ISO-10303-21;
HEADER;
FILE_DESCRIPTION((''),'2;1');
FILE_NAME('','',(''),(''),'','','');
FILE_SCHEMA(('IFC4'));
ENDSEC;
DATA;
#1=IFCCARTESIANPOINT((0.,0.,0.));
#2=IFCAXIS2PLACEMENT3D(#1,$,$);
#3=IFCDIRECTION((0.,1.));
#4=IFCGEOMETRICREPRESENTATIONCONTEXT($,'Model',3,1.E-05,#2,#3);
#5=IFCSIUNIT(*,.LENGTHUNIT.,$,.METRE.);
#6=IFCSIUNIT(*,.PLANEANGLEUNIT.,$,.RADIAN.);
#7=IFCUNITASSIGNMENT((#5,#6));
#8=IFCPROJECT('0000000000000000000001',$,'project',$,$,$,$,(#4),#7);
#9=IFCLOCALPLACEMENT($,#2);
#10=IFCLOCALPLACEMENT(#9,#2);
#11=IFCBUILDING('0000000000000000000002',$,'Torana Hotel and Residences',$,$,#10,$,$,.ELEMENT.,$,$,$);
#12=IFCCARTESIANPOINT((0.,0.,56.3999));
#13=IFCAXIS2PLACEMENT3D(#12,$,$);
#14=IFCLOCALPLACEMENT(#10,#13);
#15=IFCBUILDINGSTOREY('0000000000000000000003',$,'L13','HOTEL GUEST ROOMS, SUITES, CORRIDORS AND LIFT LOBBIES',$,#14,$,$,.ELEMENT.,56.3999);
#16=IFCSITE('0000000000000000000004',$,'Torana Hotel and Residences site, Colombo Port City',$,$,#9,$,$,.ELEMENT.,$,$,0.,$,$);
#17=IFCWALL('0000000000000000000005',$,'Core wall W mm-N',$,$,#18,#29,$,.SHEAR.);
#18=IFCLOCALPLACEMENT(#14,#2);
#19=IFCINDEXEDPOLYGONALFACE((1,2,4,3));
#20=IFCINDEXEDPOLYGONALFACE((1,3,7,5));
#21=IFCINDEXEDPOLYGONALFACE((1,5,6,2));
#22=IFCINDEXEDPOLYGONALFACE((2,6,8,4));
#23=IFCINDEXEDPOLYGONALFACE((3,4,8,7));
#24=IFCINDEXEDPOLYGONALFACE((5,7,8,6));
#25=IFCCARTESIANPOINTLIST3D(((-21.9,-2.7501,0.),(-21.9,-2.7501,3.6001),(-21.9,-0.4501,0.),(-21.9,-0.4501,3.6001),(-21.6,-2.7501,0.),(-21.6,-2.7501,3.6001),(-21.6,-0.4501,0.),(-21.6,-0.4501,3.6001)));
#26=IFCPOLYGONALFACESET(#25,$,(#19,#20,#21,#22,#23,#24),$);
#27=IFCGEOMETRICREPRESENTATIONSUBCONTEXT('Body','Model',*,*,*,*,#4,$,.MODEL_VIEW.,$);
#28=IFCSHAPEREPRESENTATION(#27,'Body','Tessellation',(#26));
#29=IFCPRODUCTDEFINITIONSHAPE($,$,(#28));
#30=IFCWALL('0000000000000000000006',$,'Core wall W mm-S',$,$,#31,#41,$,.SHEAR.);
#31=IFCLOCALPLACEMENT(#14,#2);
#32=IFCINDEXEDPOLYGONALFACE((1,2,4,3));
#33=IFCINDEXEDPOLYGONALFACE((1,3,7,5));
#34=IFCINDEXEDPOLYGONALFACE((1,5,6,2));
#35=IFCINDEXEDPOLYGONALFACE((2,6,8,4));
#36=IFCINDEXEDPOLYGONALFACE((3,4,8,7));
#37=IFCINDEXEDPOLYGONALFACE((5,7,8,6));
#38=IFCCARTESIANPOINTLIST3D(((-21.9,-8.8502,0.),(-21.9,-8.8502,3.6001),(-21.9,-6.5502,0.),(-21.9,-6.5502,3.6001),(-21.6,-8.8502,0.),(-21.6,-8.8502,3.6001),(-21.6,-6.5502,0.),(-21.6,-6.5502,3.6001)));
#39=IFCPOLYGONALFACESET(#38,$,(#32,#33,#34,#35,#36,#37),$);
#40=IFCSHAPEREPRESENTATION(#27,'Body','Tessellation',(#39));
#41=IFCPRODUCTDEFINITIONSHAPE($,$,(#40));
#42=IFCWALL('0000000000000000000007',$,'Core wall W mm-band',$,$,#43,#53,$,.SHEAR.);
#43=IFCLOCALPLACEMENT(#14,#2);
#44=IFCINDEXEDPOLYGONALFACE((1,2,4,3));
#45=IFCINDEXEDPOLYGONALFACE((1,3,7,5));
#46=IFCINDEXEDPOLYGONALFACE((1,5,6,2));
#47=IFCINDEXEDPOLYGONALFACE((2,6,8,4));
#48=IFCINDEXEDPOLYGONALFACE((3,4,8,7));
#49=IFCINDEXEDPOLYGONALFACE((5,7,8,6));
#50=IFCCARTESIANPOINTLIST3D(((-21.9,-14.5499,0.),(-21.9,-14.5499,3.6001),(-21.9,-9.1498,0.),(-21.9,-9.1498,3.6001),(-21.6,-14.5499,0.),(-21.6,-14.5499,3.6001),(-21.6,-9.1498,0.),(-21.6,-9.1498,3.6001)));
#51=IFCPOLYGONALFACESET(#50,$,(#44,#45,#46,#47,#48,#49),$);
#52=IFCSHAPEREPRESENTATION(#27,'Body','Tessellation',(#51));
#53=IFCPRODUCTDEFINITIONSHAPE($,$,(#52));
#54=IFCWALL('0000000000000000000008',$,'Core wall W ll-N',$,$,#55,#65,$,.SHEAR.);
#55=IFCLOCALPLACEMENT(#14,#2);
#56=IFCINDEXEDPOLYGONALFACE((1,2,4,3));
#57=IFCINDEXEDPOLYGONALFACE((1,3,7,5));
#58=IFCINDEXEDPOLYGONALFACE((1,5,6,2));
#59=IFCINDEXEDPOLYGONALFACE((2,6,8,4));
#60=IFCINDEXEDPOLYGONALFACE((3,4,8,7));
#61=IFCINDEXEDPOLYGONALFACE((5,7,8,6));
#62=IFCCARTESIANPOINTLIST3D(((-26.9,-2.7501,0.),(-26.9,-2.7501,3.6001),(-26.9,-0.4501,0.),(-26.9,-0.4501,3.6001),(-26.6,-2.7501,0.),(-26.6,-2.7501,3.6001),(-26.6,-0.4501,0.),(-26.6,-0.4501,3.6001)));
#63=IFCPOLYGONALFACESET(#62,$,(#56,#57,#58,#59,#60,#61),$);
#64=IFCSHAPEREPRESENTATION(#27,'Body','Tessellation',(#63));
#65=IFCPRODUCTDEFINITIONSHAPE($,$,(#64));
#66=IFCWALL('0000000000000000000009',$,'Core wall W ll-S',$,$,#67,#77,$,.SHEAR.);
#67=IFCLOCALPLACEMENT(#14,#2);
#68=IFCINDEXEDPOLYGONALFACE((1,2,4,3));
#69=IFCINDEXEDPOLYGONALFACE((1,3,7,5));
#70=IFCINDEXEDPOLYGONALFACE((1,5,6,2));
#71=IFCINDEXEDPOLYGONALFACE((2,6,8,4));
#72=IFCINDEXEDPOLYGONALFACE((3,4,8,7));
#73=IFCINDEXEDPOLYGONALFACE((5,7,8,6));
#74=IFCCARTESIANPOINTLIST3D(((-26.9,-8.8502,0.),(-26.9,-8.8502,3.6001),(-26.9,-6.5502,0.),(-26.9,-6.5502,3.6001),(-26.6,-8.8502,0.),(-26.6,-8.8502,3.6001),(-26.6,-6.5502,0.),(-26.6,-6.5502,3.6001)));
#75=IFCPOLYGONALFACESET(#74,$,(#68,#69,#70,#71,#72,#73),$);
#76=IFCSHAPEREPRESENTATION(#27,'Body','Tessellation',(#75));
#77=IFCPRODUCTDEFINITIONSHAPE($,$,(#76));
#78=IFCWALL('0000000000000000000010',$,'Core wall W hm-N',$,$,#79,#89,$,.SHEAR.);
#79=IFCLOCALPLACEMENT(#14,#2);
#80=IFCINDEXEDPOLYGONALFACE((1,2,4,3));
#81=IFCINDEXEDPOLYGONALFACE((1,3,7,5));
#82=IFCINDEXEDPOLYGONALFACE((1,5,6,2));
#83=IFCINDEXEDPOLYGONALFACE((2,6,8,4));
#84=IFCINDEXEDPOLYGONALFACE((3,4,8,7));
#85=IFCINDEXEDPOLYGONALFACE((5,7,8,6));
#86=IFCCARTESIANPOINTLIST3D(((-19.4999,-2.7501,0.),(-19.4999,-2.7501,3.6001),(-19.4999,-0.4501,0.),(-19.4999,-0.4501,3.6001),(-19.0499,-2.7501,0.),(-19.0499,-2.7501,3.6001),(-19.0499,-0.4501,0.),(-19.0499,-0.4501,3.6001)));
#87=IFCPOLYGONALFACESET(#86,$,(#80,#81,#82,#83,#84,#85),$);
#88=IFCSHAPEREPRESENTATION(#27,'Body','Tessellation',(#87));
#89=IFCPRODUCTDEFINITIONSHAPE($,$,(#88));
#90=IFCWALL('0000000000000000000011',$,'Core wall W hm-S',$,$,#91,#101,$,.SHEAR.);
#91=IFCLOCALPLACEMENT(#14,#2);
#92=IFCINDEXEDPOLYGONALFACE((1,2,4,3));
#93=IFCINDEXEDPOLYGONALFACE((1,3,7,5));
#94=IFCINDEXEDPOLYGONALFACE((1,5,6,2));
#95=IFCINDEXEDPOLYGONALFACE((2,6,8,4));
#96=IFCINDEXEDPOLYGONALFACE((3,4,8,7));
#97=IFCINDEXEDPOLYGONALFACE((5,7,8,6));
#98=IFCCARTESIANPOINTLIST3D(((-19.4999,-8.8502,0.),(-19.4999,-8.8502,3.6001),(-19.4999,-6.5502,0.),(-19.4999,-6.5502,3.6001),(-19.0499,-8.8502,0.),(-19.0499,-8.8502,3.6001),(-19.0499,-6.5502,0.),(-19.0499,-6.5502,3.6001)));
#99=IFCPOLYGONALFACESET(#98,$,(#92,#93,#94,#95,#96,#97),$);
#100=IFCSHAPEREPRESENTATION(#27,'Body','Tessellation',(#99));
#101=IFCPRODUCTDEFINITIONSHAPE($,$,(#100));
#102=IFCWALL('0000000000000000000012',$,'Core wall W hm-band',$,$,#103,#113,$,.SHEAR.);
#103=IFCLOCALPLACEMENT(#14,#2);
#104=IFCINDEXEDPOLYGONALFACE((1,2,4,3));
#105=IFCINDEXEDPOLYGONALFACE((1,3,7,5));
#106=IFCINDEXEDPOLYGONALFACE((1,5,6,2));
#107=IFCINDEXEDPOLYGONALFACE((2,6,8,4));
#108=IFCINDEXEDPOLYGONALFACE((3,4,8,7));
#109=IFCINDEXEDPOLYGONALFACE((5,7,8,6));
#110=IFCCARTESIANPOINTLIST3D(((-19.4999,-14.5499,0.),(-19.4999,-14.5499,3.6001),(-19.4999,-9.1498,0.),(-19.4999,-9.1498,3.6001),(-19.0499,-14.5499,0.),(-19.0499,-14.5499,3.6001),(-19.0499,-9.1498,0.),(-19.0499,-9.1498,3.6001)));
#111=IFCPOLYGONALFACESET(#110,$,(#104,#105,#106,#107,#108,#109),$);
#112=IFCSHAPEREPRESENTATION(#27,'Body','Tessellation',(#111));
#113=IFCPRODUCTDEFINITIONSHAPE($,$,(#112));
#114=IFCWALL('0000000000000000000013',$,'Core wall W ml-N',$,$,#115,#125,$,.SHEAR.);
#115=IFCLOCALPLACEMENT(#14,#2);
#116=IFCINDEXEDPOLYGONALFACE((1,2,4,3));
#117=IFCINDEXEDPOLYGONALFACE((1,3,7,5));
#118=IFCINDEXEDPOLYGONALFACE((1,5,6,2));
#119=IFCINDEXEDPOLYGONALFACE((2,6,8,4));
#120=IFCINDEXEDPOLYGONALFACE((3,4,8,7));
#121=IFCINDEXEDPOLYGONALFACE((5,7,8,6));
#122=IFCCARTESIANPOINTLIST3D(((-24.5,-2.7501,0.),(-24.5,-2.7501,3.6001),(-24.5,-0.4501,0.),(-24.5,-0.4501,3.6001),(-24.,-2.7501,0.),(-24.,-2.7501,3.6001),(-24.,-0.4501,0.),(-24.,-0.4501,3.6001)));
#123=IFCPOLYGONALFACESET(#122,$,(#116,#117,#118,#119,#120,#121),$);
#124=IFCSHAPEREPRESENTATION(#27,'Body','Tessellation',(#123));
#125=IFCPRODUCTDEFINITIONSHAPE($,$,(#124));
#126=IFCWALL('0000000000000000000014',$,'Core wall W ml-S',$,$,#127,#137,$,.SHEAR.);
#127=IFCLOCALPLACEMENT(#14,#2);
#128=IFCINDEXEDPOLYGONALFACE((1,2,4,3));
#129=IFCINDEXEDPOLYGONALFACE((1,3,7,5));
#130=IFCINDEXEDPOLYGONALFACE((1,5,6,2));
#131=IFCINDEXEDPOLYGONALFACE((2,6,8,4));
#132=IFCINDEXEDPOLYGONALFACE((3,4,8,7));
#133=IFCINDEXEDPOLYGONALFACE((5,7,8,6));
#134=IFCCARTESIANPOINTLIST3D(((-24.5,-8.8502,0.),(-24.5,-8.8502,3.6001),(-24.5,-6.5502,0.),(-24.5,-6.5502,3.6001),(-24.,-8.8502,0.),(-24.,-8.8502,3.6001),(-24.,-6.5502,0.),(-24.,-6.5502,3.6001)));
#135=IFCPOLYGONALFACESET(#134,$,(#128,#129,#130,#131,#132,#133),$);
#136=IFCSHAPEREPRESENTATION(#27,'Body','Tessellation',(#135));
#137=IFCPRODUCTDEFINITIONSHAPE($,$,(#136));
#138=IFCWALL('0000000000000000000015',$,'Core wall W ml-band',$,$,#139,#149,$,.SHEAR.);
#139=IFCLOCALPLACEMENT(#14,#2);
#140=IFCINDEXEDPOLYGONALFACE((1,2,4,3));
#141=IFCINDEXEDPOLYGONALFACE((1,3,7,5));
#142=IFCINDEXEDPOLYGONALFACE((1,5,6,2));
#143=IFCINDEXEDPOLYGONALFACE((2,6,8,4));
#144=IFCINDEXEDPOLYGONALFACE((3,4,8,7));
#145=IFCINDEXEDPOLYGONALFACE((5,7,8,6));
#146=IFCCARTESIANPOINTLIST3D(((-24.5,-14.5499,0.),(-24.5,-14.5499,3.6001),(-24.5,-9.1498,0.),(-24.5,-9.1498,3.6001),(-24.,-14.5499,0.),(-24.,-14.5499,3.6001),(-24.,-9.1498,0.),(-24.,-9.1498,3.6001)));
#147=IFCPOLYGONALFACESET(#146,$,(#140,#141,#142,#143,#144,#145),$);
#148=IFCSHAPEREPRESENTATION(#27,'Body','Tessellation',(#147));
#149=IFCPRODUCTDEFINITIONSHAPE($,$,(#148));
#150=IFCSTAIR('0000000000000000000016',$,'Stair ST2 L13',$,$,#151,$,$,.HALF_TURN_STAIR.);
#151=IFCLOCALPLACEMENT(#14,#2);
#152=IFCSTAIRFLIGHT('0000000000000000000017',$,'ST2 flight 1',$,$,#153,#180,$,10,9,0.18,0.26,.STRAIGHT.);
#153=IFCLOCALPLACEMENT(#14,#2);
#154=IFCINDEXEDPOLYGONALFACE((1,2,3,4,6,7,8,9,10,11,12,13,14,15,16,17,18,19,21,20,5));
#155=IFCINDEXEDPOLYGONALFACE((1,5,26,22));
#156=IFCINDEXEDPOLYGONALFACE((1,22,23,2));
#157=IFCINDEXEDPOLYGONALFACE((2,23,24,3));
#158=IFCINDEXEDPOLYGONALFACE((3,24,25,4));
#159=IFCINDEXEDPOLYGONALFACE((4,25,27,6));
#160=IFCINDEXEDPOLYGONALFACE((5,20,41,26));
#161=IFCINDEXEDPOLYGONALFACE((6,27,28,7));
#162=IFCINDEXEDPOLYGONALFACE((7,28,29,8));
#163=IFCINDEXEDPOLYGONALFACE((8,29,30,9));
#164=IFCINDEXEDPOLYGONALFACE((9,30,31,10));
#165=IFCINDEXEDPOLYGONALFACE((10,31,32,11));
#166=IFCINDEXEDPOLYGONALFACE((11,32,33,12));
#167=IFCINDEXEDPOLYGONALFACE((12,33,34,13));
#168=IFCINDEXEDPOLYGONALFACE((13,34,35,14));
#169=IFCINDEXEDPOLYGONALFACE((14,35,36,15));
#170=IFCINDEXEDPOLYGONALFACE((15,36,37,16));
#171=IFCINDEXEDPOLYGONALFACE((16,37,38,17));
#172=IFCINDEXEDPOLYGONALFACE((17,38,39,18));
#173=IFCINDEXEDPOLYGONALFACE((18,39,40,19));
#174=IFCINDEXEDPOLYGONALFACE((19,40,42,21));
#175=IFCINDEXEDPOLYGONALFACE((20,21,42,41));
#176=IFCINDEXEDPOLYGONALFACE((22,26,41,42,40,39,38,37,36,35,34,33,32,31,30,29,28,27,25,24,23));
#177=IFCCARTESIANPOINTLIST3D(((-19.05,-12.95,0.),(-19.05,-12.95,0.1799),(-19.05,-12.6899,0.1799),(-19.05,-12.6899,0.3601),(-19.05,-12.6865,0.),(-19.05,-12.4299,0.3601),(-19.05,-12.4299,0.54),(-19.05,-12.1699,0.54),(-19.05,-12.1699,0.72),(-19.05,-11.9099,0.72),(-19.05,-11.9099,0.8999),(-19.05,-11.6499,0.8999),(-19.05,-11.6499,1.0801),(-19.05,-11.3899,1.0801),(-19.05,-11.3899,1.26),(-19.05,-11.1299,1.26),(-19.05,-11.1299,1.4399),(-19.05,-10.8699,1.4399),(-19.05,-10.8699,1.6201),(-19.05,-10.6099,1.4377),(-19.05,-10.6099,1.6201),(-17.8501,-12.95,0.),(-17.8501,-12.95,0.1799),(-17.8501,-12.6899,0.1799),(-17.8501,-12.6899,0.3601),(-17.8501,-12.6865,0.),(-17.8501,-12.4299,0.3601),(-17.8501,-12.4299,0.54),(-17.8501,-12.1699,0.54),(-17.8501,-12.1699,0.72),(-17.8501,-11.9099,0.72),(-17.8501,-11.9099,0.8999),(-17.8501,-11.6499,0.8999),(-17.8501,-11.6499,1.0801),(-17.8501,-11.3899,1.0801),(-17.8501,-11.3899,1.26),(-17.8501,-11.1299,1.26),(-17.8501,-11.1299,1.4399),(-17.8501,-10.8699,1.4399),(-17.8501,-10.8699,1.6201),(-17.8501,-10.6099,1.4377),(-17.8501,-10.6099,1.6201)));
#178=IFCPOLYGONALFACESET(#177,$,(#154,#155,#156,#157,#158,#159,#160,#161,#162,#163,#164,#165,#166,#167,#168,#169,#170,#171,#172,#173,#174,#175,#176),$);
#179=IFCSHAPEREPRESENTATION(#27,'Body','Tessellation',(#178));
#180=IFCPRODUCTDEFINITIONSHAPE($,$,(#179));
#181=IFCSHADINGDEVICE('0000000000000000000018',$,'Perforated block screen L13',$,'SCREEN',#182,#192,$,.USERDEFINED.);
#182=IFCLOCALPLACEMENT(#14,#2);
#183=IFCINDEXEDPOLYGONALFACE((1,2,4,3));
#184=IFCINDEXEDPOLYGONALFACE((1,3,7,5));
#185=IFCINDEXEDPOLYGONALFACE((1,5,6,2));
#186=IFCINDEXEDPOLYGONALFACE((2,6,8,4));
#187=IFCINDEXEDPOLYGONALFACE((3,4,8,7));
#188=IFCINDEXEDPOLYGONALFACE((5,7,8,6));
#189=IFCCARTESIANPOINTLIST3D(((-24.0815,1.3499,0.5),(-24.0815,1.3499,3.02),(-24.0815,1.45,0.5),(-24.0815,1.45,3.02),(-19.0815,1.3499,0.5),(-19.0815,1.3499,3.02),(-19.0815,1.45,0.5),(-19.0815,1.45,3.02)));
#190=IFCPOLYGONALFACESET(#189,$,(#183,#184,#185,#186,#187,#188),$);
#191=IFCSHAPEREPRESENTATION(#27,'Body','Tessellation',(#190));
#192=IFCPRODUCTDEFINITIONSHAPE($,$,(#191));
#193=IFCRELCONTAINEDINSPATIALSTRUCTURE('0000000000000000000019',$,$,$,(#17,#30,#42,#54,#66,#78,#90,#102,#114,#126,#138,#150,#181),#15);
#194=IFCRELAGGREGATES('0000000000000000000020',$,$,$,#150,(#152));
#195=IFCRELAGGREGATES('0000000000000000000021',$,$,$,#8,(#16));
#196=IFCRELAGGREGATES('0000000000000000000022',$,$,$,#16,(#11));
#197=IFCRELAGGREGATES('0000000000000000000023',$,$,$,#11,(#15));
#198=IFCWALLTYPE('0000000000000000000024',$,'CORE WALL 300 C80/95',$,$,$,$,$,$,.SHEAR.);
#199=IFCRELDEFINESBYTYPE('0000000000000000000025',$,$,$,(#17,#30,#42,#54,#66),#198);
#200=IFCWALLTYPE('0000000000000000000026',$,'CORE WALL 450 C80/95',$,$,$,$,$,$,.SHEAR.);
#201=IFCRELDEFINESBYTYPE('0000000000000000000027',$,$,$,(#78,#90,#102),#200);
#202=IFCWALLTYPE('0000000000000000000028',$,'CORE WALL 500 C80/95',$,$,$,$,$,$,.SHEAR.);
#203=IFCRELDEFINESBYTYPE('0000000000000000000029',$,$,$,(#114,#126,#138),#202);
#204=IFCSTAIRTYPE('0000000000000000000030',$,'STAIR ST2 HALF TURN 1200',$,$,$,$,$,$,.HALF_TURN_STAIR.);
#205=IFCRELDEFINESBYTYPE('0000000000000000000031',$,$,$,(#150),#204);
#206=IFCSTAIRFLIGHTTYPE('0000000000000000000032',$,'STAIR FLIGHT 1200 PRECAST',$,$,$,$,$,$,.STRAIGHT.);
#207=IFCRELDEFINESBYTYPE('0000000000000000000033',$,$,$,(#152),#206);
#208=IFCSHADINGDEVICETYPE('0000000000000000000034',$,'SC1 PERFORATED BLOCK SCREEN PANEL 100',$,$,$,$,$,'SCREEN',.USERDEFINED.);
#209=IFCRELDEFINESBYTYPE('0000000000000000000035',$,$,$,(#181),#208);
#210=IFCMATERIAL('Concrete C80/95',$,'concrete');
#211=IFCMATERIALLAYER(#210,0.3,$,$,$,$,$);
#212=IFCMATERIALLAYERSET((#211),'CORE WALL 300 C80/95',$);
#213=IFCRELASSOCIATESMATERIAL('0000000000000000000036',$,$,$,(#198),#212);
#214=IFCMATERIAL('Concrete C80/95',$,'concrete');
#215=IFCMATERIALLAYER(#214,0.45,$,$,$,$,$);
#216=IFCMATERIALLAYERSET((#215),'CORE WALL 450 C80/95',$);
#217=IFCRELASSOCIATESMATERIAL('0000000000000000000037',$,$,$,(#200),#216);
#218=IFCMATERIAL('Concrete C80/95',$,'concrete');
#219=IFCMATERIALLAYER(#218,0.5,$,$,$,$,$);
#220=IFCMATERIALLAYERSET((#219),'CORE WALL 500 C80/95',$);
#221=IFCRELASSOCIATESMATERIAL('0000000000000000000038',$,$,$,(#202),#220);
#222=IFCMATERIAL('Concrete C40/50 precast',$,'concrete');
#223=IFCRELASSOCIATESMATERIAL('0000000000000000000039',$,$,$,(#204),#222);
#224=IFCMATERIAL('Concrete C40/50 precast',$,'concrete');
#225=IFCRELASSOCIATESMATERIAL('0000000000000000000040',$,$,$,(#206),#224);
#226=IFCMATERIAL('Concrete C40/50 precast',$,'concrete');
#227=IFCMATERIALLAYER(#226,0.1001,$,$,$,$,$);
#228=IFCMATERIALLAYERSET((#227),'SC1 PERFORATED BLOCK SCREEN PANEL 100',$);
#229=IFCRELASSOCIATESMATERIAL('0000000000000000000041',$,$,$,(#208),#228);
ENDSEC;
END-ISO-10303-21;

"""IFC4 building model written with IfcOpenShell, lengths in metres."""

from ifc_helpers import new_model, si_unit, direction, frame, frame_2d, origin, origin_2d, place, context, subcontext, project, spatial, polyline, rectangle, outline, extrude, material, layer, layer_set, type_object, element, aggregate, save


model = new_model("IFC4")

# Units and contexts
model_context = context("Model", 3, precision=1e-05, world=origin(), true_north=direction((0.0, 1.0)))
body_context = subcontext(model_context, "Body", "Model", "MODEL_VIEW")
ifc_project = project(units=[si_unit("LENGTHUNIT", "METRE"), si_unit("PLANEANGLEUNIT", "RADIAN")], contexts=[model_context])

# Site, building, storey
site_placement = place(None, origin())
site = spatial("IfcSite", under=ifc_project, at=site_placement, Name="Torana Hotel and Residences site, Colombo Port City", CompositionType="ELEMENT", RefElevation=0.0)
building_placement = place(site_placement, origin())
building = spatial("IfcBuilding", under=site, at=building_placement, Name="Torana Hotel and Residences", CompositionType="ELEMENT")
storey_placement = place(building_placement, frame((0.0, 0.0, 56.3999)))
storey = spatial("IfcBuildingStorey", under=building, at=storey_placement, Name="L13", Description="HOTEL GUEST ROOMS, SUITES, CORRIDORS AND LIFT LOBBIES", CompositionType="ELEMENT", Elevation=56.3999)

# Walls
ifc_material_1 = material(Name="Concrete C80/95", Category="concrete")
ifc_layer_1 = layer(ifc_material_1, 0.3)
ifc_layer_set_1 = layer_set([ifc_layer_1], Name="CORE WALL 300 C80/95")
wall_type_1 = type_object("IfcWallType", Name="CORE WALL 300 C80/95", PredefinedType="SHEAR", material=ifc_layer_set_1)
for number, where, z_axis, x_axis, name in (
    (1, (-21.75, -2.75, 0.0), (0.0, 0.0, 1.0), (0.0, 1.0, 0.0), "Core wall W mm-N"),
    (2, (-21.75, -8.8501, 0.0), (0.0, 0.0, 1.0), (0.0, 1.0, 0.0), "Core wall W mm-S"),
):
    element("IfcWall", number, at=place(storey_placement, frame(where, z_axis=z_axis, x_axis=x_axis)), inside=storey, type_object=wall_type_1, Name=name, PredefinedType="SHEAR", context=body_context, shape_type="SweptSolid", body=[
        extrude(rectangle(XDim=2.3, YDim=0.3, at=frame_2d((1.1499, 0.0))), origin(), (0.0, 0.0, 1.0), 3.6001),
    ])
wall_1_placement = place(storey_placement, frame((-21.75, -14.55, 0.0), z_axis=(0.0, 0.0, 1.0), x_axis=(0.0, 1.0, 0.0)))
element("IfcWall", 3, at=wall_1_placement, inside=storey, type_object=wall_type_1, Name="Core wall W mm-band", PredefinedType="SHEAR", context=body_context, shape_type="SweptSolid", body=[
    extrude(rectangle(XDim=5.4001, YDim=0.3, at=frame_2d((2.7002, 0.0))), origin(), (0.0, 0.0, 1.0), 3.6001),
])
for number, where, z_axis, x_axis, name in (
    (4, (-26.75, -2.75, 0.0), (0.0, 0.0, 1.0), (0.0, 1.0, 0.0), "Core wall W ll-N"),
    (5, (-26.75, -8.8501, 0.0), (0.0, 0.0, 1.0), (0.0, 1.0, 0.0), "Core wall W ll-S"),
):
    element("IfcWall", number, at=place(storey_placement, frame(where, z_axis=z_axis, x_axis=x_axis)), inside=storey, type_object=wall_type_1, Name=name, PredefinedType="SHEAR", context=body_context, shape_type="SweptSolid", body=[
        extrude(rectangle(XDim=2.3, YDim=0.3, at=frame_2d((1.1499, 0.0))), origin(), (0.0, 0.0, 1.0), 3.6001),
    ])
ifc_material_2 = material(Name="Concrete C80/95", Category="concrete")
ifc_layer_2 = layer(ifc_material_2, 0.45)
ifc_layer_set_2 = layer_set([ifc_layer_2], Name="CORE WALL 450 C80/95")
wall_type_2 = type_object("IfcWallType", Name="CORE WALL 450 C80/95", PredefinedType="SHEAR", material=ifc_layer_set_2)
for number, where, z_axis, x_axis, name in (
    (6, (-19.2749, -2.75, 0.0), (0.0, 0.0, 1.0), (0.0, 1.0, 0.0), "Core wall W hm-N"),
    (7, (-19.2749, -8.8501, 0.0), (0.0, 0.0, 1.0), (0.0, 1.0, 0.0), "Core wall W hm-S"),
):
    element("IfcWall", number, at=place(storey_placement, frame(where, z_axis=z_axis, x_axis=x_axis)), inside=storey, type_object=wall_type_2, Name=name, PredefinedType="SHEAR", context=body_context, shape_type="SweptSolid", body=[
        extrude(rectangle(XDim=2.3, YDim=0.45, at=frame_2d((1.1499, 0.0))), origin(), (0.0, 0.0, 1.0), 3.6001),
    ])
wall_2_placement = place(storey_placement, frame((-19.2749, -14.55, 0.0), z_axis=(0.0, 0.0, 1.0), x_axis=(0.0, 1.0, 0.0)))
element("IfcWall", 8, at=wall_2_placement, inside=storey, type_object=wall_type_2, Name="Core wall W hm-band", PredefinedType="SHEAR", context=body_context, shape_type="SweptSolid", body=[
    extrude(rectangle(XDim=5.4001, YDim=0.45, at=frame_2d((2.7002, 0.0))), origin(), (0.0, 0.0, 1.0), 3.6001),
])
ifc_material_3 = material(Name="Concrete C80/95", Category="concrete")
ifc_layer_3 = layer(ifc_material_3, 0.5)
ifc_layer_set_3 = layer_set([ifc_layer_3], Name="CORE WALL 500 C80/95")
wall_type_3 = type_object("IfcWallType", Name="CORE WALL 500 C80/95", PredefinedType="SHEAR", material=ifc_layer_set_3)
for number, where, z_axis, x_axis, name in (
    (9, (-24.25, -2.75, 0.0), (0.0, 0.0, 1.0), (0.0, 1.0, 0.0), "Core wall W ml-N"),
    (10, (-24.25, -8.8501, 0.0), (0.0, 0.0, 1.0), (0.0, 1.0, 0.0), "Core wall W ml-S"),
):
    element("IfcWall", number, at=place(storey_placement, frame(where, z_axis=z_axis, x_axis=x_axis)), inside=storey, type_object=wall_type_3, Name=name, PredefinedType="SHEAR", context=body_context, shape_type="SweptSolid", body=[
        extrude(rectangle(XDim=2.3, YDim=0.5, at=frame_2d((1.1499, 0.0))), origin(), (0.0, 0.0, 1.0), 3.6001),
    ])
wall_3_placement = place(storey_placement, frame((-24.25, -14.55, 0.0), z_axis=(0.0, 0.0, 1.0), x_axis=(0.0, 1.0, 0.0)))
element("IfcWall", 11, at=wall_3_placement, inside=storey, type_object=wall_type_3, Name="Core wall W ml-band", PredefinedType="SHEAR", context=body_context, shape_type="SweptSolid", body=[
    extrude(rectangle(XDim=5.4001, YDim=0.5, at=frame_2d((2.7002, 0.0))), origin(), (0.0, 0.0, 1.0), 3.6001),
])

# Stair, stair flight
ifc_material_4 = material(Name="Concrete C40/50 precast", Category="concrete")
stair_type = type_object("IfcStairType", Name="STAIR ST2 HALF TURN 1200", PredefinedType="HALF_TURN_STAIR", material=ifc_material_4)
stair_placement = place(storey_placement, origin())
stair = element("IfcStair", 12, at=stair_placement, inside=storey, type_object=stair_type, Name="Stair ST2 L13", PredefinedType="HALF_TURN_STAIR")
ifc_material_5 = material(Name="Concrete C40/50 precast", Category="concrete")
stair_flight_type = type_object("IfcStairFlightType", Name="STAIR FLIGHT 1200 PRECAST", PredefinedType="STRAIGHT", material=ifc_material_5)
stair_flight_placement = place(storey_placement, frame((-18.45, -12.95, 0.0), z_axis=(0.0, 0.0, 1.0), x_axis=(0.0, 1.0, 0.0)))
stair_flight = element("IfcStairFlight", 13, at=stair_flight_placement, type_object=stair_flight_type, Name="ST2 flight 1", NumberOfRisers=10, NumberOfTreads=9, PredefinedType="STRAIGHT", RiserHeight=0.18, TreadLength=0.26, context=body_context, shape_type="SweptSolid", body=[
    extrude(outline(polyline([(0.0, 0.0), (0.0, 0.1799), (0.26, 0.1799), (0.26, 0.3601), (0.52, 0.3601), (0.52, 0.54), (0.78, 0.54), (0.78, 0.72), (1.04, 0.72), (1.04, 0.8999), (1.3, 0.8999), (1.3, 1.0801), (1.5601, 1.0801), (1.5601, 1.26), (1.8201, 1.26), (1.8201, 1.4399), (2.0801, 1.4399), (2.0801, 1.6201), (2.3401, 1.6201), (2.3401, 1.8), (2.3401, 1.4377), (0.2634, 0.0), (0.0, 0.0)])), frame((0.0, 0.6001, 0.0), z_axis=(0.0, -1.0, 0.0), x_axis=(1.0, 0.0, 0.0)), (0.0, 0.0, 1.0), 1.2),
])
aggregate(stair, [stair_flight])

# Shading device
ifc_material_6 = material(Name="Concrete C40/50 precast", Category="concrete")
ifc_layer_4 = layer(ifc_material_6, 0.1001)
ifc_layer_set_4 = layer_set([ifc_layer_4], Name="SC1 PERFORATED BLOCK SCREEN PANEL 100")
shading_device_type = type_object("IfcShadingDeviceType", Name="SC1 PERFORATED BLOCK SCREEN PANEL 100", ElementType="SCREEN", PredefinedType="USERDEFINED", material=ifc_layer_set_4)
shading_device_placement = place(storey_placement, frame((-21.5815, 1.3999, 0.5), z_axis=(0.0, 0.0, 1.0), x_axis=(-1.0, 0.0, 0.0)))
element("IfcShadingDevice", 14, at=shading_device_placement, inside=storey, type_object=shading_device_type, Name="Perforated block screen L13", ObjectType="SCREEN", PredefinedType="USERDEFINED", context=body_context, shape_type="SweptSolid", body=[
    extrude(rectangle(XDim=5.0, YDim=0.1001, at=origin_2d()), origin(), (0.0, 0.0, 1.0), 2.52),
])

save(model, "model.ifc")
